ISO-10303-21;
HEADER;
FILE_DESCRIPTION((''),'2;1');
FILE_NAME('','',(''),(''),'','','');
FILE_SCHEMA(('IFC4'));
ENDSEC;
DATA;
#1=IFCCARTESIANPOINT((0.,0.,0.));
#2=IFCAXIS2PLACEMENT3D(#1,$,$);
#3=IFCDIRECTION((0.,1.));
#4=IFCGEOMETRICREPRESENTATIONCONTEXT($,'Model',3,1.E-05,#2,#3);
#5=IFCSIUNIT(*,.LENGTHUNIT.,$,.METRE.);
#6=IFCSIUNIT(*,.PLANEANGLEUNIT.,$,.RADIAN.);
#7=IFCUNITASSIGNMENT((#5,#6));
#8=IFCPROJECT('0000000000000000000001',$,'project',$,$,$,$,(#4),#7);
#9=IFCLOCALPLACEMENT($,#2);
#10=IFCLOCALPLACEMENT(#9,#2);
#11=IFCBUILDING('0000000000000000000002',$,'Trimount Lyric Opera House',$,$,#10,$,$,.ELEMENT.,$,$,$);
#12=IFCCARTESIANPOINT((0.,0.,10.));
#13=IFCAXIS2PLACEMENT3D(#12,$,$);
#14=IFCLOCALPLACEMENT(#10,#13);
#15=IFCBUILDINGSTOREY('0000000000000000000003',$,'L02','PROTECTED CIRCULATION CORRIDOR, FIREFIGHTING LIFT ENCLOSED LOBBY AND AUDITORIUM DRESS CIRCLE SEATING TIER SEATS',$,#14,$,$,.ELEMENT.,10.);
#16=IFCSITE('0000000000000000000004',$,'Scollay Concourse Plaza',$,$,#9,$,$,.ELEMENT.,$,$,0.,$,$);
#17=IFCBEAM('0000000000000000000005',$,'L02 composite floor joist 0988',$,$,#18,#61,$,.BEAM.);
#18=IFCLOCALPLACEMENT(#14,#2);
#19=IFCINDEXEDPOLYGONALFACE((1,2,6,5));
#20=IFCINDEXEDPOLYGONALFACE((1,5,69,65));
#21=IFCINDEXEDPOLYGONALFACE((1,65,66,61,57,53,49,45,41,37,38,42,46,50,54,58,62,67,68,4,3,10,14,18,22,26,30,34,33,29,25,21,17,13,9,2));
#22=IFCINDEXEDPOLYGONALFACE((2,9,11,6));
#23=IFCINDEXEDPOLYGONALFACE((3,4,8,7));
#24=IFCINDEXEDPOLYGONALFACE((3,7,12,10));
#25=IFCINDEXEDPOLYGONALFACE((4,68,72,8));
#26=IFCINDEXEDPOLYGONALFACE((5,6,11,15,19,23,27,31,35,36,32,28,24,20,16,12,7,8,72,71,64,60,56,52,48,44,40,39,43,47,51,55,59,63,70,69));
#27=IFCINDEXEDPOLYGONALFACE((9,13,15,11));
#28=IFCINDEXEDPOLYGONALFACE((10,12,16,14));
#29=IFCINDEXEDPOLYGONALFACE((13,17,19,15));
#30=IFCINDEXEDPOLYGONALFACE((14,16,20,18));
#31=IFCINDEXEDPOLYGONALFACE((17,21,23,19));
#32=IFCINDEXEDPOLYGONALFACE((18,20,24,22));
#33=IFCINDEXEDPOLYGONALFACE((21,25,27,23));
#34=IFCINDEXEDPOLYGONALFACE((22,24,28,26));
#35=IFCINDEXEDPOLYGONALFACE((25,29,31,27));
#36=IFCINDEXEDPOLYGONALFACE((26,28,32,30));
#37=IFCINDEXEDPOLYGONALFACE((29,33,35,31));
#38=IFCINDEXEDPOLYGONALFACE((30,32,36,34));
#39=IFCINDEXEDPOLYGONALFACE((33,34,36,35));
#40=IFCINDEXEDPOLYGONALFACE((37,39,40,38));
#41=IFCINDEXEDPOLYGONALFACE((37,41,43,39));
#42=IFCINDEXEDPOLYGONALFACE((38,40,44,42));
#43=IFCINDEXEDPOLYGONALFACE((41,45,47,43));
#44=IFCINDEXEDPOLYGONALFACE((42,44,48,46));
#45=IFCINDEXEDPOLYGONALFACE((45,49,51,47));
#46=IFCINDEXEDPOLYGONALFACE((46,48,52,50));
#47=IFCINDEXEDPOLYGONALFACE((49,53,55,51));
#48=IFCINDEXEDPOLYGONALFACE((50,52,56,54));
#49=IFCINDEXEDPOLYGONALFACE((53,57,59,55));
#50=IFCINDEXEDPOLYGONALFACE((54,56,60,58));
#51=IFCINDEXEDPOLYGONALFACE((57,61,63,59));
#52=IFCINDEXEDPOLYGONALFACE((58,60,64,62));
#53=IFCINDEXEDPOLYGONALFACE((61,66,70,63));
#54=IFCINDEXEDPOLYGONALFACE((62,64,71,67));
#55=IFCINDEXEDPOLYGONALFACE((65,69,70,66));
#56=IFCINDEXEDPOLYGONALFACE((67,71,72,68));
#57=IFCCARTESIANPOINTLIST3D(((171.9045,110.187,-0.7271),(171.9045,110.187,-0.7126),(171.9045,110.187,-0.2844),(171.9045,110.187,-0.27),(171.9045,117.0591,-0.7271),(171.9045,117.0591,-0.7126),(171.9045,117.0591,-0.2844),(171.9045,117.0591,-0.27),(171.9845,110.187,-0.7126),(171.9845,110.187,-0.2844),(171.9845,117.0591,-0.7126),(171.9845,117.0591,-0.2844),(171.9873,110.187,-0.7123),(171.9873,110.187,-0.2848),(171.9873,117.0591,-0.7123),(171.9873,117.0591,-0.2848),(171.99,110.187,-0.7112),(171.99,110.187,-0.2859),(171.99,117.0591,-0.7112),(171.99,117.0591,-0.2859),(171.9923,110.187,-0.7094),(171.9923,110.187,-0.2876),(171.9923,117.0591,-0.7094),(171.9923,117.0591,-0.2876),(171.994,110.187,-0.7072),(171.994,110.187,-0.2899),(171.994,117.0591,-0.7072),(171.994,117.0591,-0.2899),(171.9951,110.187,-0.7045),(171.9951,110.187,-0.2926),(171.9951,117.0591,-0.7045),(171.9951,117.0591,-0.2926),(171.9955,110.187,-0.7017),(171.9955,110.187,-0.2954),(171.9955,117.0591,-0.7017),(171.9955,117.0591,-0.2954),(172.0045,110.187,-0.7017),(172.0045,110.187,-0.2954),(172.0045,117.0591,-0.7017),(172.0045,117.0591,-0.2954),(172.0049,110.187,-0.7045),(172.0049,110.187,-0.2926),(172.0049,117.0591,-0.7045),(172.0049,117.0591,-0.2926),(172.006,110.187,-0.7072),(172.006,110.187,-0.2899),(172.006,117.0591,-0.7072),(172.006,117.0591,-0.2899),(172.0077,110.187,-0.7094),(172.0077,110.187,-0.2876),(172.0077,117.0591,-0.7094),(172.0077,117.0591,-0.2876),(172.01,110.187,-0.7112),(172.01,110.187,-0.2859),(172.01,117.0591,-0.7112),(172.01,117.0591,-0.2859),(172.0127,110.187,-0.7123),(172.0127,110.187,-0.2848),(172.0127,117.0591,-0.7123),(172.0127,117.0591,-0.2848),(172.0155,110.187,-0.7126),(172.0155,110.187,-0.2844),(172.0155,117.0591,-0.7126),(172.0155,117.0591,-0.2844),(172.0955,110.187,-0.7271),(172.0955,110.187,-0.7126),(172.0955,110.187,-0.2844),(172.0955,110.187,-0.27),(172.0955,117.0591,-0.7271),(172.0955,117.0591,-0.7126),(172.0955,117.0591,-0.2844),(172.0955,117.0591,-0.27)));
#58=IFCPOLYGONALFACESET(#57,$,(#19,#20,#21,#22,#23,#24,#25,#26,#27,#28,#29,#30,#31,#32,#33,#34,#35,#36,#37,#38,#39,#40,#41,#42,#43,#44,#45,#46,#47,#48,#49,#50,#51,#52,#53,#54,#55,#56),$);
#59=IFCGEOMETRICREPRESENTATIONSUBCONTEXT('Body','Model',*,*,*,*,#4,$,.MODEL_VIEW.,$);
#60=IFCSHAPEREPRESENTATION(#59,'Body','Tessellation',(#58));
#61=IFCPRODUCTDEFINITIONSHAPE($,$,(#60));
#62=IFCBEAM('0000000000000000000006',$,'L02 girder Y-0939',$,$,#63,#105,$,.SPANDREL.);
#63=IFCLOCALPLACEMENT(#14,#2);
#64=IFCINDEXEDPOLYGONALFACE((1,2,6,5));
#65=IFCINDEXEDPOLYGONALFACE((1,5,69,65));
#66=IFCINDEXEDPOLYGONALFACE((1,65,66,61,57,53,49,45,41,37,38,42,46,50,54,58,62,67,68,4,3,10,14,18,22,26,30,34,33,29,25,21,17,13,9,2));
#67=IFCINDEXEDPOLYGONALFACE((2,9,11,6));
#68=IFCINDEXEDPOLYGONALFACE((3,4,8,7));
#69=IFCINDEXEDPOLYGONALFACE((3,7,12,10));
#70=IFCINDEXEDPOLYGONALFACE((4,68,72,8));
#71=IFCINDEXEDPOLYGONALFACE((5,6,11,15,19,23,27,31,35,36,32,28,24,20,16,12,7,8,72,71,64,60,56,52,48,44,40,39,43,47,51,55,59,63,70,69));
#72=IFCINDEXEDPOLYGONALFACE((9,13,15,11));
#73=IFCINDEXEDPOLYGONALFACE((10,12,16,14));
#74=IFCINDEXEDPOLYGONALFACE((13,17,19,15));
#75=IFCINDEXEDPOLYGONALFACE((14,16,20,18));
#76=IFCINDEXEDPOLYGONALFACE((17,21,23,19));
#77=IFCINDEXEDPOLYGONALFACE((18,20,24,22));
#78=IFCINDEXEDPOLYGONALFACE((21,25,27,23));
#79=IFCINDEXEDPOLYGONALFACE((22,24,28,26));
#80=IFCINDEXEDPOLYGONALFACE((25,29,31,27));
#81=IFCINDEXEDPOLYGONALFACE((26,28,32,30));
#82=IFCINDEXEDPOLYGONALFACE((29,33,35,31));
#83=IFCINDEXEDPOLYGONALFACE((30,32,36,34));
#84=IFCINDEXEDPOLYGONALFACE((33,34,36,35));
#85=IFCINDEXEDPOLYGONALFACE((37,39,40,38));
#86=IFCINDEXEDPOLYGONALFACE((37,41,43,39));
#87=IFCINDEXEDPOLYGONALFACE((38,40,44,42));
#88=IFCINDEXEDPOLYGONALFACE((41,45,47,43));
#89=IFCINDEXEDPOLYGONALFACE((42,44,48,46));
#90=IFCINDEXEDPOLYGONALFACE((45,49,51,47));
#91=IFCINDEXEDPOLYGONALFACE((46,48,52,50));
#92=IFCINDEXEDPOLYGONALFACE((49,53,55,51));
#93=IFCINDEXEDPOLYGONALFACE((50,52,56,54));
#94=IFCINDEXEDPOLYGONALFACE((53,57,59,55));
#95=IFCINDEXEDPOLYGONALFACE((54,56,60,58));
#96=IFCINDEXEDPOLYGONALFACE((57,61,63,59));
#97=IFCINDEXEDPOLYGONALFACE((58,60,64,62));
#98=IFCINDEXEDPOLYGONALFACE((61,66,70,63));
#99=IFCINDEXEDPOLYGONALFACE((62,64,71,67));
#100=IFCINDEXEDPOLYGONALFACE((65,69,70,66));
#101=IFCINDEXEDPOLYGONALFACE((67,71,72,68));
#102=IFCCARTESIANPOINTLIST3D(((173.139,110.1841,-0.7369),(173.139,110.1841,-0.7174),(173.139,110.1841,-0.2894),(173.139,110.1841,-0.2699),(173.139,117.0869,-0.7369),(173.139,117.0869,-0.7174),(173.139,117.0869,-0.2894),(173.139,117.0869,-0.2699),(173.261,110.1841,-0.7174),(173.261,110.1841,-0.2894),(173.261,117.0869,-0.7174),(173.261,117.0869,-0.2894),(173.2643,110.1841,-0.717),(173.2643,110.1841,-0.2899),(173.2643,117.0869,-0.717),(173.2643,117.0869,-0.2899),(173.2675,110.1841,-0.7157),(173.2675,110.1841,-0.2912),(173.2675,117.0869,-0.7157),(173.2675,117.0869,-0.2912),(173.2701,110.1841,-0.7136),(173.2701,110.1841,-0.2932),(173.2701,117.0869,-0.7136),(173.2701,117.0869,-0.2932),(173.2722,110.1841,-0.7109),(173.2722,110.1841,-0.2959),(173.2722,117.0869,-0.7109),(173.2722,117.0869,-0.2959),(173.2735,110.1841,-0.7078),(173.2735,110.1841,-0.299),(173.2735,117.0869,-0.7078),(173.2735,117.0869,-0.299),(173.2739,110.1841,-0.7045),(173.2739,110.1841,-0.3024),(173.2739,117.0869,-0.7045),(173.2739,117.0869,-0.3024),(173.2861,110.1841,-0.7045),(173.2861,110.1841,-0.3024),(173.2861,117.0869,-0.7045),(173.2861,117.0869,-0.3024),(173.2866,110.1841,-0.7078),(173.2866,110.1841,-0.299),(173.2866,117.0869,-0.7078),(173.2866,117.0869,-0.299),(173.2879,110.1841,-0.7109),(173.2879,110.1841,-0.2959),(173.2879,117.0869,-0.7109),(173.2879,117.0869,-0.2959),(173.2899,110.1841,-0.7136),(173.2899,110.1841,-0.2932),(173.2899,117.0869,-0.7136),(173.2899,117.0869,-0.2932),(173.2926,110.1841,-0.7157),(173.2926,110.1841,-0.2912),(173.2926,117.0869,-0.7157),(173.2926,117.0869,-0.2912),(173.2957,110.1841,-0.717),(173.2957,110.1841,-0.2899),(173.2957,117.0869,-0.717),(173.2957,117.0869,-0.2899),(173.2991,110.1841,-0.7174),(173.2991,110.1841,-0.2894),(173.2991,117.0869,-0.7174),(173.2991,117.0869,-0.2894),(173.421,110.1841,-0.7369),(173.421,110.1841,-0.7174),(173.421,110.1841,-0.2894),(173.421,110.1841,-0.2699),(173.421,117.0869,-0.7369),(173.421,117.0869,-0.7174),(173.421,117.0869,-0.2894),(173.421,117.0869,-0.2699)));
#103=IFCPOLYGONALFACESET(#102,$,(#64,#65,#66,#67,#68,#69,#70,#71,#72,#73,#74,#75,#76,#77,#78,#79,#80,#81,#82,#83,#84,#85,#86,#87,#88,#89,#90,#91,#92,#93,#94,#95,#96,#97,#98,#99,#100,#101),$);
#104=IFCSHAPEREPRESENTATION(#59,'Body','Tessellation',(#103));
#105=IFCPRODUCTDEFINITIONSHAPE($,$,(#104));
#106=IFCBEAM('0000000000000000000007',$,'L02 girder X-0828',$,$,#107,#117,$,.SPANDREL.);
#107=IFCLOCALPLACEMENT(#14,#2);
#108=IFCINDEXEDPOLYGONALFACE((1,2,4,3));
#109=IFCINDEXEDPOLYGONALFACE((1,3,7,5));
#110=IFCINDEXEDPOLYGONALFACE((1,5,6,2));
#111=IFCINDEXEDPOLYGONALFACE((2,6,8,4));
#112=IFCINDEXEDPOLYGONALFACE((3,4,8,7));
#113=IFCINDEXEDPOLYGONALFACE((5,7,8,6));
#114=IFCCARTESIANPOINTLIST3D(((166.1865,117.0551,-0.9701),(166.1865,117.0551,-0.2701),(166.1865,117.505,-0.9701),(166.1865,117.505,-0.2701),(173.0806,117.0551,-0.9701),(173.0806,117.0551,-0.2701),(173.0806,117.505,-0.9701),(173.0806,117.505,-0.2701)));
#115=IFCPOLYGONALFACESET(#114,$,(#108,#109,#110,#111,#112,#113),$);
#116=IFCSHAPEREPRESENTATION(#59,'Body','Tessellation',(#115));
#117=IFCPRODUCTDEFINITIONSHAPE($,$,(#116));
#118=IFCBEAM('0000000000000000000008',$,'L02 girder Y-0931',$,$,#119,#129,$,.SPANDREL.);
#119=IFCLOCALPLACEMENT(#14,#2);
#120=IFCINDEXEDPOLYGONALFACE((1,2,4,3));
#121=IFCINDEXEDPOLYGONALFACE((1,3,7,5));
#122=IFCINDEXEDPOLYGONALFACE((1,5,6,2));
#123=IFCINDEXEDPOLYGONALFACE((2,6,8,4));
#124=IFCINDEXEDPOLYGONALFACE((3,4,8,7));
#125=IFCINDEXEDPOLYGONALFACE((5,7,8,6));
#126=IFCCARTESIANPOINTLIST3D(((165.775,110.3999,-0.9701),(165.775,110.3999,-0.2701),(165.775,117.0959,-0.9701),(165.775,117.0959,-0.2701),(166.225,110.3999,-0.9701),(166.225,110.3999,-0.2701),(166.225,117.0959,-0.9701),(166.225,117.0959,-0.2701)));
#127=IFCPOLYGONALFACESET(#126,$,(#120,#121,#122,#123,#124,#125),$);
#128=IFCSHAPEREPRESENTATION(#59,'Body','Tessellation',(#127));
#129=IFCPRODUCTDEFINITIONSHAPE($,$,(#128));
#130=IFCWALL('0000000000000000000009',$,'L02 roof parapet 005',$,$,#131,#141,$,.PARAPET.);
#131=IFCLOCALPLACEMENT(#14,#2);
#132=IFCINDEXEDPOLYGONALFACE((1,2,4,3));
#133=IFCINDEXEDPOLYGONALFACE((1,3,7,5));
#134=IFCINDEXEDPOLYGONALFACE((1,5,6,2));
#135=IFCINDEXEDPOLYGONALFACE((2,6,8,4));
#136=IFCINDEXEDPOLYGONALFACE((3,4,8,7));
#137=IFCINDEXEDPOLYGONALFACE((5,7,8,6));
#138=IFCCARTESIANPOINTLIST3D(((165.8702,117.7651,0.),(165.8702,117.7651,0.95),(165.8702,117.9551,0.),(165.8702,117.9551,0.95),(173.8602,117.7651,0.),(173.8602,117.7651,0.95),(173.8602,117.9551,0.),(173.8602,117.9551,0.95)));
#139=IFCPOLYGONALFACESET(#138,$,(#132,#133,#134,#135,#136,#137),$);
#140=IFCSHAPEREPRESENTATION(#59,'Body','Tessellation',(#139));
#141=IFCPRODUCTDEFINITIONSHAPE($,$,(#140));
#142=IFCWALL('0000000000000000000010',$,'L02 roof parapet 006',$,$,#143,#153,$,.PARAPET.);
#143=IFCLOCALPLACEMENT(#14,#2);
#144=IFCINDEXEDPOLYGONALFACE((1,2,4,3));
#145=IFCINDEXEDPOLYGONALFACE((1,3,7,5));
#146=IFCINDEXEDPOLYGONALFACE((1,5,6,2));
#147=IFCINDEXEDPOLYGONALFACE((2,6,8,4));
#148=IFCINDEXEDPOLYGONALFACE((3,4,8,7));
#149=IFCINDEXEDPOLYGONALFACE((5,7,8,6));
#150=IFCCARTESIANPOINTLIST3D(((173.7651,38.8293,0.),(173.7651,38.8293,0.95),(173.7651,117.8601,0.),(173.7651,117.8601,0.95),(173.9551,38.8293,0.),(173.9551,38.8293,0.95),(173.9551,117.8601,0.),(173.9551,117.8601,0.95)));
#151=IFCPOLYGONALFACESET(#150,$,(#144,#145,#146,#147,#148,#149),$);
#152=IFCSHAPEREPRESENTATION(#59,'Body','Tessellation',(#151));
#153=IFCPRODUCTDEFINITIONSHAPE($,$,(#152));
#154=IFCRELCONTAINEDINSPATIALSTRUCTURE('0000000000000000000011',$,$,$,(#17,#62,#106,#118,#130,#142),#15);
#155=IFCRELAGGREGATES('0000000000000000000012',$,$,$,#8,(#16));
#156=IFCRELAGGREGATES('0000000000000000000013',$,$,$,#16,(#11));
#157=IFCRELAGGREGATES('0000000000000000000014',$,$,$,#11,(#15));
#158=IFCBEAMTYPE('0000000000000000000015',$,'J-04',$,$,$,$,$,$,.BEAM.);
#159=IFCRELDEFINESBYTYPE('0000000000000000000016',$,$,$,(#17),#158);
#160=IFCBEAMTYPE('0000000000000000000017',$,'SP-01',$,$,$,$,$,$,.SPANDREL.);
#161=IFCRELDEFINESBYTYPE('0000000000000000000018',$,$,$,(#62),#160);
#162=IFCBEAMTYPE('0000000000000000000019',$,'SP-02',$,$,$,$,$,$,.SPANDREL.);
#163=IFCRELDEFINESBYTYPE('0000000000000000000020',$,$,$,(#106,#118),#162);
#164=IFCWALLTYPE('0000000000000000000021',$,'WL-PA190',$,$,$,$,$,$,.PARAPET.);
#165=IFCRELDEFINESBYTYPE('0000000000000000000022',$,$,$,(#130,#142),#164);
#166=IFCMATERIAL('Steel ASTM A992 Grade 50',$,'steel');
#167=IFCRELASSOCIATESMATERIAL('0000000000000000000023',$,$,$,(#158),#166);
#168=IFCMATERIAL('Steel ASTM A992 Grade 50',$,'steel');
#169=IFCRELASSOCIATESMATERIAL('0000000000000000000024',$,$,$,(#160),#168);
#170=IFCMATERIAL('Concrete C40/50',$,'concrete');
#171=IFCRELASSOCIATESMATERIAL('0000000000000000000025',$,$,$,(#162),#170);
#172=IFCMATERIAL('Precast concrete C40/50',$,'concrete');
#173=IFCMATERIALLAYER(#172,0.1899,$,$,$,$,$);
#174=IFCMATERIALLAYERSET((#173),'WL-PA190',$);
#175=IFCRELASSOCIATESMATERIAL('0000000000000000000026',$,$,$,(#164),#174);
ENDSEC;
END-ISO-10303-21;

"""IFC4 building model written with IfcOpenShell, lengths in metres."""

from ifc_helpers import new_model, si_unit, direction, frame, frame_2d, origin, origin_2d, place, context, subcontext, project, spatial, rectangle, i_section, extrude, material, layer, layer_set, material_profile, profile_set, type_object, element, save


model = new_model("IFC4")

# Units and contexts
model_context = context("Model", 3, precision=1e-05, world=origin(), true_north=direction((0.0, 1.0)))
body_context = subcontext(model_context, "Body", "Model", "MODEL_VIEW")
ifc_project = project(units=[si_unit("LENGTHUNIT", "METRE"), si_unit("PLANEANGLEUNIT", "RADIAN")], contexts=[model_context])

# Site, building, storey
site_placement = place(None, origin())
site = spatial("IfcSite", under=ifc_project, at=site_placement, Name="Scollay Concourse Plaza", CompositionType="ELEMENT", RefElevation=0.0)
building_placement = place(site_placement, origin())
building = spatial("IfcBuilding", under=site, at=building_placement, Name="Trimount Lyric Opera House", CompositionType="ELEMENT")
storey_placement = place(building_placement, frame((0.0, 0.0, 10.0)))
storey = spatial("IfcBuildingStorey", under=building, at=storey_placement, Name="L02", Description="PROTECTED CIRCULATION CORRIDOR, FIREFIGHTING LIFT ENCLOSED LOBBY AND AUDITORIUM DRESS CIRCLE SEATING TIER SEATS", CompositionType="ELEMENT", Elevation=10.0)

# Beams
ifc_material_1 = material(Name="Steel ASTM A992 Grade 50", Category="steel")
ifc_material_profile_1 = material_profile(ifc_material_1, i_section(OverallWidth=0.1909, OverallDepth=0.457, WebThickness=0.009, FlangeThickness=0.0144, FilletRadius=0.011, at=origin_2d()), Name="W18X50")
ifc_profile_set_1 = profile_set([ifc_material_profile_1], Name="Steel ASTM A992 Grade 50")
beam_type_1 = type_object("IfcBeamType", Name="J-04", PredefinedType="BEAM", material=ifc_profile_set_1)
beam_1_placement = place(storey_placement, frame((172.0, 110.187, -0.4985), z_axis=(0.0, 1.0, 0.0), x_axis=(-1.0, 0.0, 0.0)))
element("IfcBeam", 1, at=beam_1_placement, inside=storey, type_object=beam_type_1, Name="L02 composite floor joist 0988", PredefinedType="BEAM", context=body_context, shape_type="SweptSolid", body=[
    extrude(i_section(OverallWidth=0.1909, OverallDepth=0.457, WebThickness=0.009, FlangeThickness=0.0144, FilletRadius=0.011, at=origin_2d()), origin(), (0.0, 0.0, 1.0), 6.8721),
])
ifc_material_2 = material(Name="Steel ASTM A992 Grade 50", Category="steel")
ifc_material_profile_2 = material_profile(ifc_material_2, i_section(OverallWidth=0.282, OverallDepth=0.467, WebThickness=0.0122, FlangeThickness=0.0195, FilletRadius=0.0129, at=origin_2d()), Name="W18X86")
ifc_profile_set_2 = profile_set([ifc_material_profile_2], Name="Steel ASTM A992 Grade 50")
beam_type_2 = type_object("IfcBeamType", Name="SP-01", PredefinedType="SPANDREL", material=ifc_profile_set_2)
beam_2_placement = place(storey_placement, frame((173.28, 110.1841, -0.5034), z_axis=(0.0, 1.0, 0.0), x_axis=(-1.0, 0.0, 0.0)))
element("IfcBeam", 2, at=beam_2_placement, inside=storey, type_object=beam_type_2, Name="L02 girder Y-0939", PredefinedType="SPANDREL", context=body_context, shape_type="SweptSolid", body=[
    extrude(i_section(OverallWidth=0.282, OverallDepth=0.467, WebThickness=0.0122, FlangeThickness=0.0195, FilletRadius=0.0129, at=origin_2d()), origin(), (0.0, 0.0, 1.0), 6.9028),
])
ifc_material_3 = material(Name="Concrete C40/50", Category="concrete")
ifc_material_profile_3 = material_profile(ifc_material_3, rectangle(XDim=0.45, YDim=0.7, at=origin_2d()), Name="RC450X700")
ifc_profile_set_3 = profile_set([ifc_material_profile_3], Name="Concrete C40/50")
beam_type_3 = type_object("IfcBeamType", Name="SP-02", PredefinedType="SPANDREL", material=ifc_profile_set_3)
beam_3_placement = place(storey_placement, frame((166.1865, 117.28, -0.6201), z_axis=(1.0, 0.0, 0.0), x_axis=(0.0, 1.0, 0.0)))
element("IfcBeam", 3, at=beam_3_placement, inside=storey, type_object=beam_type_3, Name="L02 girder X-0828", PredefinedType="SPANDREL", context=body_context, shape_type="SweptSolid", body=[
    extrude(rectangle(XDim=0.45, YDim=0.7, at=origin_2d()), origin(), (0.0, 0.0, 1.0), 6.894),
])
beam_4_placement = place(storey_placement, frame((166.0, 110.3999, -0.6201), z_axis=(0.0, 1.0, 0.0), x_axis=(-1.0, 0.0, 0.0)))
element("IfcBeam", 4, at=beam_4_placement, inside=storey, type_object=beam_type_3, Name="L02 girder Y-0931", PredefinedType="SPANDREL", context=body_context, shape_type="SweptSolid", body=[
    extrude(rectangle(XDim=0.45, YDim=0.7, at=origin_2d()), origin(), (0.0, 0.0, 1.0), 6.696),
])

# Walls
ifc_material_4 = material(Name="Precast concrete C40/50", Category="concrete")
ifc_layer_1 = layer(ifc_material_4, 0.1899)
ifc_layer_set_1 = layer_set([ifc_layer_1], Name="WL-PA190")
wall_type_1 = type_object("IfcWallType", Name="WL-PA190", PredefinedType="PARAPET", material=ifc_layer_set_1)
wall_1_placement = place(storey_placement, frame((165.8701, 117.8601, 0.0), z_axis=(0.0, 0.0, 1.0), x_axis=(1.0, 0.0, 0.0)))
element("IfcWall", 5, at=wall_1_placement, inside=storey, type_object=wall_type_1, Name="L02 roof parapet 005", PredefinedType="PARAPET", context=body_context, shape_type="SweptSolid", body=[
    extrude(rectangle(XDim=7.99, YDim=0.1899, at=frame_2d((3.9951, 0.0))), origin(), (0.0, 0.0, 1.0), 0.95),
])
wall_2_placement = place(storey_placement, frame((173.8601, 117.8601, 0.0), z_axis=(0.0, 0.0, 1.0), x_axis=(0.0, -1.0, 0.0)))
element("IfcWall", 6, at=wall_2_placement, inside=storey, type_object=wall_type_1, Name="L02 roof parapet 006", PredefinedType="PARAPET", context=body_context, shape_type="SweptSolid", body=[
    extrude(rectangle(XDim=79.0308, YDim=0.1899, at=frame_2d((39.5154, 0.0))), origin(), (0.0, 0.0, 1.0), 0.95),
])

save(model, "model.ifc")
